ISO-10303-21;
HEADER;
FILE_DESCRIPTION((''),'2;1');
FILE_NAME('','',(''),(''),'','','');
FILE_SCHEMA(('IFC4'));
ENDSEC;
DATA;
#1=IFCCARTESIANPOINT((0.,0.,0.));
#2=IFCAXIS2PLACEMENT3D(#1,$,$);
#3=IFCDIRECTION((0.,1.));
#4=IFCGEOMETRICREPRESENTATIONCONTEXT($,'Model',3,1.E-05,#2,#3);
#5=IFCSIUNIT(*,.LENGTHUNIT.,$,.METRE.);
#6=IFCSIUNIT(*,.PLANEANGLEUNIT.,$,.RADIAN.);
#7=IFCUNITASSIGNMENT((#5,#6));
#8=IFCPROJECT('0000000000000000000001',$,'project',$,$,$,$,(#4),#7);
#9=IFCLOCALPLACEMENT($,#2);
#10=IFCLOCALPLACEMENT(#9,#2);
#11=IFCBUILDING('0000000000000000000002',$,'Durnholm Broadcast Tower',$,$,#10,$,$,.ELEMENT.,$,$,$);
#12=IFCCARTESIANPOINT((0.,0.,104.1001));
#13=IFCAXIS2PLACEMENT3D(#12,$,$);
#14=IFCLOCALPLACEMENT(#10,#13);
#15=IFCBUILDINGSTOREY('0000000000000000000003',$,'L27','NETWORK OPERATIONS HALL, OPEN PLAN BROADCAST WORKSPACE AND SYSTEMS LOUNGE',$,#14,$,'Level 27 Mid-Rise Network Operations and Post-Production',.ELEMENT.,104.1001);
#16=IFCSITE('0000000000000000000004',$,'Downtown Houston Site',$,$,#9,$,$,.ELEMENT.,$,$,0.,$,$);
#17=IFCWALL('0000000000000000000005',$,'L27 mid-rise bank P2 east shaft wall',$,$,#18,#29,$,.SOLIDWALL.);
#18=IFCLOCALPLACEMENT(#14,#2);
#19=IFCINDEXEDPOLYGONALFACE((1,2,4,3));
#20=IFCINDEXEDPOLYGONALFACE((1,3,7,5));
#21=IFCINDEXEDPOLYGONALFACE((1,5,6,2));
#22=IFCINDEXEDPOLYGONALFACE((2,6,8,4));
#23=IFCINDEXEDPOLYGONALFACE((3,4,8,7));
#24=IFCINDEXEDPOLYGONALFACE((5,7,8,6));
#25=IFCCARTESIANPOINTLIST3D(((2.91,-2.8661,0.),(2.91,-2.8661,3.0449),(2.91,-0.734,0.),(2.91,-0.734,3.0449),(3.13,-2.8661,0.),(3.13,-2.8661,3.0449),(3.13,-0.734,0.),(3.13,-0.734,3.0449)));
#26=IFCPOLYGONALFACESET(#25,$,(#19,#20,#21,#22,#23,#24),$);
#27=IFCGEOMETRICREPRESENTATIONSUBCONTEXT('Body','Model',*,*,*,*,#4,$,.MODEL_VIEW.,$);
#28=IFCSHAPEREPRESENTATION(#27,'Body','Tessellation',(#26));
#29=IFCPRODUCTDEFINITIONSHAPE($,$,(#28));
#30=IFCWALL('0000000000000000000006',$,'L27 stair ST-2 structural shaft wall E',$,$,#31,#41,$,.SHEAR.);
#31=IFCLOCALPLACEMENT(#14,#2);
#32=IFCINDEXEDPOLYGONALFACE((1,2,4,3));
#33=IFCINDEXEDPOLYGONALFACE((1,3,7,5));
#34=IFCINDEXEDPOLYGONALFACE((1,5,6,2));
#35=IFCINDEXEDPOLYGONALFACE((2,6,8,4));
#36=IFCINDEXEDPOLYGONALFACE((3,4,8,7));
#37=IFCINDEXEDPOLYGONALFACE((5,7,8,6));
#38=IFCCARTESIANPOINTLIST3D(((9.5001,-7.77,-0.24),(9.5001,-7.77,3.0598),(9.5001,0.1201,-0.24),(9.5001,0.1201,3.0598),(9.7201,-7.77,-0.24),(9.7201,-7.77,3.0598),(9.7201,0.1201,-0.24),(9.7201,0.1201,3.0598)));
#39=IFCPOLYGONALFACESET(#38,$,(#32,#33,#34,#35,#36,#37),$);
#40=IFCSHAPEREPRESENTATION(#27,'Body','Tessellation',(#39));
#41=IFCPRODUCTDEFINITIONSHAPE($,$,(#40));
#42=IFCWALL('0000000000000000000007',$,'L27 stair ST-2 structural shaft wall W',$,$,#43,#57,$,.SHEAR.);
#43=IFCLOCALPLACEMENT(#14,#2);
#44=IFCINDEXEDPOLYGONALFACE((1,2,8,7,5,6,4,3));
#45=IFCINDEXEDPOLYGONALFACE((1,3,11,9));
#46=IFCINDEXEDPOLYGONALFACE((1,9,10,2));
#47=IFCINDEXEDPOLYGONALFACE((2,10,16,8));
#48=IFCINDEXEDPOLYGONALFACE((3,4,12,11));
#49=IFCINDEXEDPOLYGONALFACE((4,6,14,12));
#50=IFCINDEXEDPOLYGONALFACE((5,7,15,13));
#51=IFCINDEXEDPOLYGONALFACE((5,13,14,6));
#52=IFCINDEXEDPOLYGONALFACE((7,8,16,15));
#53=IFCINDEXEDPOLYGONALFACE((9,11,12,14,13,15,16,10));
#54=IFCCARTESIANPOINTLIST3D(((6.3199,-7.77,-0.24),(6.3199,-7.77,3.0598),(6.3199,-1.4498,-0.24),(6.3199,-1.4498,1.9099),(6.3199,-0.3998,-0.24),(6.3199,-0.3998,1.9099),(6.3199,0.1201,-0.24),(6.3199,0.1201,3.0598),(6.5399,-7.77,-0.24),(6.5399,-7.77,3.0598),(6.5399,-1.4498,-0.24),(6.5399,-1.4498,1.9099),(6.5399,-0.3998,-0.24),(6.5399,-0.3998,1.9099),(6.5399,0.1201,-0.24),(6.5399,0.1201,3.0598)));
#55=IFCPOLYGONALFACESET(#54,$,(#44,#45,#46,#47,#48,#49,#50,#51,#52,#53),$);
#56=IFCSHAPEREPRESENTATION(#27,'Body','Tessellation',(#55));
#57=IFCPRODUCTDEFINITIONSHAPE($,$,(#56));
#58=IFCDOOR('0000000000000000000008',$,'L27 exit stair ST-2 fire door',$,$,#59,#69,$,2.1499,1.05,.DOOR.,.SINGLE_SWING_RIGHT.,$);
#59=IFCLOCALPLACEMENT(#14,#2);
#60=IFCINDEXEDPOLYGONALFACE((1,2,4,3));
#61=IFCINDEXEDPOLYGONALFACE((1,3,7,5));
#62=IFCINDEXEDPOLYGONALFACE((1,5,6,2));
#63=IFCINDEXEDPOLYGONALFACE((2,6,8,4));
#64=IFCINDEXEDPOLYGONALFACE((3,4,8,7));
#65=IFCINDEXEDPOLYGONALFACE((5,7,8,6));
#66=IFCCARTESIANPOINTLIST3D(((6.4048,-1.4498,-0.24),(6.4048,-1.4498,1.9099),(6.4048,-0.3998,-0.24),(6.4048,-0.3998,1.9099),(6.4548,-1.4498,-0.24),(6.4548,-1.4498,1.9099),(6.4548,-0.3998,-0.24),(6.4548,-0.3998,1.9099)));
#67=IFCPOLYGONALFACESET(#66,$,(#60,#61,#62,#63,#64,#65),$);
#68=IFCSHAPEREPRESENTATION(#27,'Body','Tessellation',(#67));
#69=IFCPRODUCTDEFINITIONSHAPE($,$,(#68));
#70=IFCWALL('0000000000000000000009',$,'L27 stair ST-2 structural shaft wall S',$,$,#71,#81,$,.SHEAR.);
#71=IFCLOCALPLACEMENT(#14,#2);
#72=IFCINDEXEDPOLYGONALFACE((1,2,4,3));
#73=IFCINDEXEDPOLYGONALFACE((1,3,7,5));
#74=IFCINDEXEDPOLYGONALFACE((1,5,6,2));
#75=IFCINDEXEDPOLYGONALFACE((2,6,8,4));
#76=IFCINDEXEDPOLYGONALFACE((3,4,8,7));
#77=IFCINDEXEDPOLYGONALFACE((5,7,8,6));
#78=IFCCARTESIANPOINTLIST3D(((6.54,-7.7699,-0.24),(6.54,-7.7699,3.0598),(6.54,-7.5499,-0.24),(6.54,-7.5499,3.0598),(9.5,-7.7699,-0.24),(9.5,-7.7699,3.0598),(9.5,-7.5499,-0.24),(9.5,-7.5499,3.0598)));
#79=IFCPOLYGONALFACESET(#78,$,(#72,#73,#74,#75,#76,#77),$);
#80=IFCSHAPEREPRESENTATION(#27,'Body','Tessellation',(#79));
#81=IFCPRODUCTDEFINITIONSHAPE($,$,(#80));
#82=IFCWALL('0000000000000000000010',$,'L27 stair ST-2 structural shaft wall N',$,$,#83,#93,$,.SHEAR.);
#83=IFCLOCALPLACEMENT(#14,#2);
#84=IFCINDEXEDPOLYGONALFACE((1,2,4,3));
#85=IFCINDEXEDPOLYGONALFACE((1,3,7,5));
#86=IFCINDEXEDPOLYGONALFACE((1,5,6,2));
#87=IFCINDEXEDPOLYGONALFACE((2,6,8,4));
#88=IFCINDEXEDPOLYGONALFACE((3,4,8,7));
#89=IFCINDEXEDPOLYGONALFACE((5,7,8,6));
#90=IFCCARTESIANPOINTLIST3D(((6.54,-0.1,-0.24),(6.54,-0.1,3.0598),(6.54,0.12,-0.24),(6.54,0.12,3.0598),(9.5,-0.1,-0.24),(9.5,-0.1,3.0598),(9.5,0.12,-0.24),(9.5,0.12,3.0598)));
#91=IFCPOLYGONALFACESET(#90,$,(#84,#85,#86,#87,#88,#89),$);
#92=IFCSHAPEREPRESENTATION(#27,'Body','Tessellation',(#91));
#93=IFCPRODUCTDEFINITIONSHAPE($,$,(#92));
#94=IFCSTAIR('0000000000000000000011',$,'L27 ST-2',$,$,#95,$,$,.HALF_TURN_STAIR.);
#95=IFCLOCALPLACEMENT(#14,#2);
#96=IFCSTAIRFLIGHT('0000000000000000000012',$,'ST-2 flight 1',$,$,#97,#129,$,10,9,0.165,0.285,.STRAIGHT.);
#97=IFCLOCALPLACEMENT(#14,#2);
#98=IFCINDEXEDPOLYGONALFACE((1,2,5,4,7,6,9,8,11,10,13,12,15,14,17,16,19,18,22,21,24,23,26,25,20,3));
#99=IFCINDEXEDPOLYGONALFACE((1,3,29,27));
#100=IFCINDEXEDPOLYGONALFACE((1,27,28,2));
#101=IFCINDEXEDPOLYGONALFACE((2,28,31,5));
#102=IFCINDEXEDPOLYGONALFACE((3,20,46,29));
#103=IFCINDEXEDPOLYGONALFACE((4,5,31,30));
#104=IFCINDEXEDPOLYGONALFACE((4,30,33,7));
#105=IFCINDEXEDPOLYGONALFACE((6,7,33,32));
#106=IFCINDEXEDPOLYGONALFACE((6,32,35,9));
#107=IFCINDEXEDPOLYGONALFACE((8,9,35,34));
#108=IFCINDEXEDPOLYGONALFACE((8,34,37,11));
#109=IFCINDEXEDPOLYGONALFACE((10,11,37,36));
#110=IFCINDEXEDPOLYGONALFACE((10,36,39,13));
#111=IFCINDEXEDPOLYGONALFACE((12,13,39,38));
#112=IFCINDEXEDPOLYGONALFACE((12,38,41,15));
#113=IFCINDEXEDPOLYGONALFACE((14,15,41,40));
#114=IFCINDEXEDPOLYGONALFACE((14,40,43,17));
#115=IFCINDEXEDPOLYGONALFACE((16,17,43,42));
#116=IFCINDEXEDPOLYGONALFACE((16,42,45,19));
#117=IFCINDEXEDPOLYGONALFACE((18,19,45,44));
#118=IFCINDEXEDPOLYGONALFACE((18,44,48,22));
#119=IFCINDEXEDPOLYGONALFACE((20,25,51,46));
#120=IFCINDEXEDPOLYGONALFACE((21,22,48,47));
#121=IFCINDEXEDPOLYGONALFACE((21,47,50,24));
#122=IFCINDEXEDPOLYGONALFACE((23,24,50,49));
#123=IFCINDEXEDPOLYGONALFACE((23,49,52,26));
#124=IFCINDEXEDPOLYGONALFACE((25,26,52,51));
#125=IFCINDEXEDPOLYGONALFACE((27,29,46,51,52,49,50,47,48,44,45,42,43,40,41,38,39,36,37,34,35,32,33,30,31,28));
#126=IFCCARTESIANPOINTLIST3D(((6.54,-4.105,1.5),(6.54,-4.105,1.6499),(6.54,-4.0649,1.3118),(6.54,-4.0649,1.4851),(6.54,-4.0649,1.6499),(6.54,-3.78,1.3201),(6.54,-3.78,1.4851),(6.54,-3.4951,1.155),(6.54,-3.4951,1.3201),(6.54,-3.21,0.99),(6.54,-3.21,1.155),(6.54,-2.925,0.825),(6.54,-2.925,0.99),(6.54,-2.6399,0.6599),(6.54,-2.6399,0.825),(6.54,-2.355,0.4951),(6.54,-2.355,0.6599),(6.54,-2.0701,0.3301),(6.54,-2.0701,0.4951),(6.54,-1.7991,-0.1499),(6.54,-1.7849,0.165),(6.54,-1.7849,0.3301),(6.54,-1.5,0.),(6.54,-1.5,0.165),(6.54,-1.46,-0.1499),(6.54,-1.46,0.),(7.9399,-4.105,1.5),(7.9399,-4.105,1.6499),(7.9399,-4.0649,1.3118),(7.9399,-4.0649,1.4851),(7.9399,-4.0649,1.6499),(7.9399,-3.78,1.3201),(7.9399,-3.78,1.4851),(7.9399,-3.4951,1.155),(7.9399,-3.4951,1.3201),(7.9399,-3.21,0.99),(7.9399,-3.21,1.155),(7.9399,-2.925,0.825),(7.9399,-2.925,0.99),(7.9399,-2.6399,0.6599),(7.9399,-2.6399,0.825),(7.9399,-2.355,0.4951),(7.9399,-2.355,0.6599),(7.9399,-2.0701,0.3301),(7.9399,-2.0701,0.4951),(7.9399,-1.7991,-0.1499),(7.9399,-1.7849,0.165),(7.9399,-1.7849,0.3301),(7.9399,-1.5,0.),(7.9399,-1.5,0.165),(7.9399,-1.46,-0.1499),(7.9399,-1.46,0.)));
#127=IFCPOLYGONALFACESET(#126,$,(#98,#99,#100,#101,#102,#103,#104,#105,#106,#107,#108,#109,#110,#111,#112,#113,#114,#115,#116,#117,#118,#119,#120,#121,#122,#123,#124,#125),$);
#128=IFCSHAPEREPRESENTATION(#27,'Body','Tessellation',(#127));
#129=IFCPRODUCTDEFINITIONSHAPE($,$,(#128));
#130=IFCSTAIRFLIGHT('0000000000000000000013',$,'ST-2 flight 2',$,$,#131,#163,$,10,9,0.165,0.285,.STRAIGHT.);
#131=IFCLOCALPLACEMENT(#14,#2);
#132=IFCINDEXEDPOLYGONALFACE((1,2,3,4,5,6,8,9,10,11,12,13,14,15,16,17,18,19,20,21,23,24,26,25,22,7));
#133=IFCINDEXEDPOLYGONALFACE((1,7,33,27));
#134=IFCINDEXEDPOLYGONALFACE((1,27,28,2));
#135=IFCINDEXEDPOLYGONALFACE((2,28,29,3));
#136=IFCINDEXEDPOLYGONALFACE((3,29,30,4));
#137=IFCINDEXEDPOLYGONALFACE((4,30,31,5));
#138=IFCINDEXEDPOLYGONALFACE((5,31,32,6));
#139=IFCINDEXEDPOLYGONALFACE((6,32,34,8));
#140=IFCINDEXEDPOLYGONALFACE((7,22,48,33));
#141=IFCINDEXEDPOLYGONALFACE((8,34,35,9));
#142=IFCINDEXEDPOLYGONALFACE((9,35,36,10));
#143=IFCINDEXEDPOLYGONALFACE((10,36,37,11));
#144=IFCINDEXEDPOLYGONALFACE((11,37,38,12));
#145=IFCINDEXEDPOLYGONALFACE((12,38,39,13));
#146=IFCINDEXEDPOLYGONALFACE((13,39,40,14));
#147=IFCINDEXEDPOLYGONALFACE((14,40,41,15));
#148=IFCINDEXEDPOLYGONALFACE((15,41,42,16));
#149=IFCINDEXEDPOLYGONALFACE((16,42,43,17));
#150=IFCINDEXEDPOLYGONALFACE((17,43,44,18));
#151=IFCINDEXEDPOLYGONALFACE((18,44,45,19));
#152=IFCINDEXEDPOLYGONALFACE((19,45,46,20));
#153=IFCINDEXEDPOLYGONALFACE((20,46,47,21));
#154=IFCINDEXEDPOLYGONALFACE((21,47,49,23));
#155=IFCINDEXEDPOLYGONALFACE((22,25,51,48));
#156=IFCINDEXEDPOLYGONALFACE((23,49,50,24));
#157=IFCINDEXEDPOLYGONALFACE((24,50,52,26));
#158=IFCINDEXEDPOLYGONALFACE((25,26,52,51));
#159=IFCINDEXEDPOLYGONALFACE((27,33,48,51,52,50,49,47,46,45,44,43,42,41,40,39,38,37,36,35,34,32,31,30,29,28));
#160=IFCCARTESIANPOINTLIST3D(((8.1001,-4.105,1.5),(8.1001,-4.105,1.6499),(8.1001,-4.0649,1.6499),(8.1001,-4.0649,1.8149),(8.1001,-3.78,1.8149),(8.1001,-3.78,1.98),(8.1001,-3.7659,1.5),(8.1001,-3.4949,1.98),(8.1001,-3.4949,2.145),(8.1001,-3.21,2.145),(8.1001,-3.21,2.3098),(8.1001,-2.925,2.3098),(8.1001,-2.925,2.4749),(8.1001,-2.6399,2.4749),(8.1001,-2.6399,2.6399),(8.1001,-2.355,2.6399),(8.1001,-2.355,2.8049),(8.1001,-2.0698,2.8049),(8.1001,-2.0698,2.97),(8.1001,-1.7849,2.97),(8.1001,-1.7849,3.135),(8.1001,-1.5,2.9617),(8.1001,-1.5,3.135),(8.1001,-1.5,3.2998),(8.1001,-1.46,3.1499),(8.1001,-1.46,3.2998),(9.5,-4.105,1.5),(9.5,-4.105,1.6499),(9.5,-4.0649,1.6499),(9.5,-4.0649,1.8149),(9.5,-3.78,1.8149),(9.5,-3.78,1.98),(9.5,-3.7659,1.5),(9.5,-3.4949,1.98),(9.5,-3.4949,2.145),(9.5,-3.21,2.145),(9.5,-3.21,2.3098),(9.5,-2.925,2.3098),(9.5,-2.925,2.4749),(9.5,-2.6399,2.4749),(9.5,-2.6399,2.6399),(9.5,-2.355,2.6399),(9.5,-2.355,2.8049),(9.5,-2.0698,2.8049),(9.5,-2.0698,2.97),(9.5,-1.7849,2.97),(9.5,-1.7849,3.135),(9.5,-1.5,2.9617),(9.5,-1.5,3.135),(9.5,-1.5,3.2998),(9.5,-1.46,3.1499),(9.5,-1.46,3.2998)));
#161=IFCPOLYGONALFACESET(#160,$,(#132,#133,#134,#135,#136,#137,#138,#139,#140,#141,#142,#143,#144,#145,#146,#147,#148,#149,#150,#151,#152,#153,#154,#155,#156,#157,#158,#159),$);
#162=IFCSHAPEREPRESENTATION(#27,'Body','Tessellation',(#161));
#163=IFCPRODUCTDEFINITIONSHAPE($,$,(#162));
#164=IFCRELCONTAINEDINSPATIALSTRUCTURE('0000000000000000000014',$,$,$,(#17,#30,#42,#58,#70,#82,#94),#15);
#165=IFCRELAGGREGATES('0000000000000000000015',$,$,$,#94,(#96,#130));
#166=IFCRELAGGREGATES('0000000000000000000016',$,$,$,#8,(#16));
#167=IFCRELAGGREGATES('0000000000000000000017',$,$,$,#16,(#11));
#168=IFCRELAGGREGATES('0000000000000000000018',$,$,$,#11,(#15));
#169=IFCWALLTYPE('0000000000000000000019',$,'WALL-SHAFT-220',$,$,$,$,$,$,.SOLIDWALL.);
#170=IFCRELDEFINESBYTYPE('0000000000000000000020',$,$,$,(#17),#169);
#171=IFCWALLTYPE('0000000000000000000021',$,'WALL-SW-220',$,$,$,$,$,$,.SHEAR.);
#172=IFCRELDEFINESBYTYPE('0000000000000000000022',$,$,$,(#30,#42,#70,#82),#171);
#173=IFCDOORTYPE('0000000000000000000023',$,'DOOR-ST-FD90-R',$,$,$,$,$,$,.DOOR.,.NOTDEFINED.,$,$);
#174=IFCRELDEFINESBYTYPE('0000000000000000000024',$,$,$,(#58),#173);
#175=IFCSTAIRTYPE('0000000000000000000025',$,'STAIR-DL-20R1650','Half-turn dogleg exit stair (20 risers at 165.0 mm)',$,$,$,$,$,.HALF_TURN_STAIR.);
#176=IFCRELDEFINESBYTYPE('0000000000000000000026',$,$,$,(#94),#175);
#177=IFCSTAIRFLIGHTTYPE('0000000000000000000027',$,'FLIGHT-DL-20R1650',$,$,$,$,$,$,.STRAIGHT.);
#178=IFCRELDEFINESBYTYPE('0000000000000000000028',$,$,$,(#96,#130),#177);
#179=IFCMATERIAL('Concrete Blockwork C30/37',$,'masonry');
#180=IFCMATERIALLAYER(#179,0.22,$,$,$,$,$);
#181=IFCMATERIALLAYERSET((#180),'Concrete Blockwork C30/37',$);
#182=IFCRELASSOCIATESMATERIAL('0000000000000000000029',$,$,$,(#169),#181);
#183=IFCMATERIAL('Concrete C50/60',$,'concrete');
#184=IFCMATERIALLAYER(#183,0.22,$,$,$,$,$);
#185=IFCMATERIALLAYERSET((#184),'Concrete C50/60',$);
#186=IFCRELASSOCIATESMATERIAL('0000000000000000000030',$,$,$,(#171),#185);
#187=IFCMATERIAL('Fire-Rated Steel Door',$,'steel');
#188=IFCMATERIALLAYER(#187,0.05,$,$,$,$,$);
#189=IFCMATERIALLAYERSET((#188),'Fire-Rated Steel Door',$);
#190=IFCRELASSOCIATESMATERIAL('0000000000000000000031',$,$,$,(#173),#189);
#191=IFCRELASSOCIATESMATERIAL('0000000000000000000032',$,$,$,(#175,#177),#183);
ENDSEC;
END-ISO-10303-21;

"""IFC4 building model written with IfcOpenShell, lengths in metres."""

from ifc_helpers import new_model, si_unit, direction, frame, frame_2d, origin, place, context, subcontext, project, spatial, polyline, rectangle, outline, extrude, source, transform, mapped, material, layer, layer_set, type_object, type_shapes, element, fill, aggregate, save


model = new_model("IFC4")

# Units and contexts
model_context = context("Model", 3, precision=1e-05, world=origin(), true_north=direction((0.0, 1.0)))
body_context = subcontext(model_context, "Body", "Model", "MODEL_VIEW")
ifc_project = project(units=[si_unit("LENGTHUNIT", "METRE"), si_unit("PLANEANGLEUNIT", "RADIAN")], contexts=[model_context])

# Site, building, storey
site_placement = place(None, origin())
site = spatial("IfcSite", under=ifc_project, at=site_placement, Name="Downtown Houston Site", CompositionType="ELEMENT", RefElevation=0.0)
building_placement = place(site_placement, origin())
building = spatial("IfcBuilding", under=site, at=building_placement, Name="Durnholm Broadcast Tower", CompositionType="ELEMENT")
storey_placement = place(building_placement, frame((0.0, 0.0, 104.1001)))
storey = spatial("IfcBuildingStorey", under=building, at=storey_placement, Name="L27", Description="NETWORK OPERATIONS HALL, OPEN PLAN BROADCAST WORKSPACE AND SYSTEMS LOUNGE", LongName="Level 27 Mid-Rise Network Operations and Post-Production", CompositionType="ELEMENT", Elevation=104.1001)

# Walls
ifc_material_1 = material(Name="Concrete Blockwork C30/37", Category="masonry")
ifc_layer_1 = layer(ifc_material_1, 0.22)
ifc_layer_set_1 = layer_set([ifc_layer_1], Name="Concrete Blockwork C30/37")
wall_type_1 = type_object("IfcWallType", Name="WALL-SHAFT-220", PredefinedType="SOLIDWALL", material=ifc_layer_set_1)
wall_1_placement = place(storey_placement, frame((3.02, -2.866, 0.0), z_axis=(0.0, 0.0, 1.0), x_axis=(0.0, 1.0, 0.0)))
element("IfcWall", 1, at=wall_1_placement, inside=storey, type_object=wall_type_1, Name="L27 mid-rise bank P2 east shaft wall", PredefinedType="SOLIDWALL", context=body_context, shape_type="SweptSolid", body=[
    extrude(rectangle(XDim=2.1321, YDim=0.22, at=frame_2d((1.0659, 0.0))), origin(), (0.0, 0.0, 1.0), 3.0449),
])
ifc_material_2 = material(Name="Concrete C50/60", Category="concrete")
ifc_layer_2 = layer(ifc_material_2, 0.22)
ifc_layer_set_2 = layer_set([ifc_layer_2], Name="Concrete C50/60")
wall_type_2 = type_object("IfcWallType", Name="WALL-SW-220", PredefinedType="SHEAR", material=ifc_layer_set_2)
wall_2_placement = place(storey_placement, frame((9.6101, -7.77, -0.24), z_axis=(0.0, 0.0, 1.0), x_axis=(0.0, 1.0, 0.0)))
element("IfcWall", 2, at=wall_2_placement, inside=storey, type_object=wall_type_2, Name="L27 stair ST-2 structural shaft wall E", PredefinedType="SHEAR", context=body_context, shape_type="SweptSolid", body=[
    extrude(rectangle(XDim=7.8901, YDim=0.22, at=frame_2d((3.9451, 0.0))), origin(), (0.0, 0.0, 1.0), 3.2998),
])

# Wall, opening, door
wall_3_placement = place(storey_placement, frame((6.4299, 0.1201, -0.24), z_axis=(0.0, 0.0, 1.0), x_axis=(0.0, -1.0, 0.0)))
wall_3 = element("IfcWall", 3, at=wall_3_placement, inside=storey, type_object=wall_type_2, Name="L27 stair ST-2 structural shaft wall W", PredefinedType="SHEAR", context=body_context, shape_type="SweptSolid", body=[
    extrude(rectangle(XDim=7.8901, YDim=0.22, at=frame_2d((3.9451, 0.0))), origin(), (0.0, 0.0, 1.0), 3.2998),
])
opening_1_placement = place(wall_3_placement, frame((0.52, 0.0, 0.0)))
opening_1 = element("IfcOpeningElement", 4, at=opening_1_placement, cuts=wall_3, PredefinedType="OPENING", context=body_context, shape_type="SweptSolid", body=[
    extrude(rectangle(XDim=1.05, YDim=2.1499, at=frame_2d((0.5249, 1.075))), frame((0.0, 0.1201, 0.0), z_axis=(0.0, -1.0, 0.0), x_axis=(1.0, 0.0, 0.0)), (0.0, 0.0, 1.0), 0.24),
])
ifc_material_3 = material(Name="Fire-Rated Steel Door", Category="steel")
ifc_layer_3 = layer(ifc_material_3, 0.05)
ifc_layer_set_3 = layer_set([ifc_layer_3], Name="Fire-Rated Steel Door")
door_type_1 = type_object("IfcDoorType", Name="DOOR-ST-FD90-R", OperationType="NOTDEFINED", PredefinedType="DOOR", material=ifc_layer_set_3)
shared_shape_1 = source(origin(), body_context, "Body", "SweptSolid", [
    extrude(rectangle(XDim=1.05, YDim=2.1499, at=frame_2d((0.5249, 1.075))), frame((0.0, 0.0249, 0.0), z_axis=(0.0, -1.0, 0.0), x_axis=(1.0, 0.0, 0.0)), (0.0, 0.0, 1.0), 0.05),
])
type_shapes(door_type_1, [shared_shape_1])
door_1_placement = place(opening_1_placement, origin())
door_1 = element("IfcDoor", 5, at=door_1_placement, inside=storey, type_object=door_type_1, Name="L27 exit stair ST-2 fire door", OperationType="SINGLE_SWING_RIGHT", OverallHeight=2.1499, OverallWidth=1.05, PredefinedType="DOOR", context=body_context, shape_type="MappedRepresentation", body=[
    mapped(shared_shape_1, transform((0.0, 0.0, 0.0), x_axis=(1.0, 0.0, 0.0), y_axis=(0.0, 1.0, 0.0), z_axis=(0.0, 0.0, 1.0), scale=1.0)),
])
fill(opening_1, door_1)

# Walls
for number, where, z_axis, x_axis, name in (
    (6, (6.54, -7.6599, -0.24), (0.0, 0.0, 1.0), (1.0, 0.0, 0.0), "L27 stair ST-2 structural shaft wall S"),
    (7, (9.5, 0.01, -0.24), (0.0, 0.0, 1.0), (-1.0, 0.0, 0.0), "L27 stair ST-2 structural shaft wall N"),
):
    element("IfcWall", number, at=place(storey_placement, frame(where, z_axis=z_axis, x_axis=x_axis)), inside=storey, type_object=wall_type_2, Name=name, PredefinedType="SHEAR", context=body_context, shape_type="SweptSolid", body=[
        extrude(rectangle(XDim=2.96, YDim=0.22, at=frame_2d((1.48, 0.0))), origin(), (0.0, 0.0, 1.0), 3.2998),
    ])

# Stair, stair flights
stair_type = type_object("IfcStairType", Name="STAIR-DL-20R1650", Description="Half-turn dogleg exit stair (20 risers at 165.0 mm)", PredefinedType="HALF_TURN_STAIR", material=ifc_material_2)
stair_placement = place(storey_placement, origin())
stair = element("IfcStair", 8, at=stair_placement, inside=storey, type_object=stair_type, Name="L27 ST-2", PredefinedType="HALF_TURN_STAIR")
stair_flight_type = type_object("IfcStairFlightType", Name="FLIGHT-DL-20R1650", PredefinedType="STRAIGHT", material=ifc_material_2)
stair_flight_1_placement = place(storey_placement, frame((7.24, -1.5, 0.0), z_axis=(0.0, 0.0, 1.0), x_axis=(0.0, -1.0, 0.0)))
stair_flight_1 = element("IfcStairFlight", 9, at=stair_flight_1_placement, type_object=stair_flight_type, Name="ST-2 flight 1", NumberOfRisers=10, NumberOfTreads=9, PredefinedType="STRAIGHT", RiserHeight=0.165, TreadLength=0.285, context=body_context, shape_type="SweptSolid", body=[
    extrude(outline(polyline([(-0.04, -0.1499), (-0.04, 0.0), (0.0, 0.0), (0.0, 0.165), (0.2849, 0.165), (0.2849, 0.3301), (0.5701, 0.3301), (0.5701, 0.4951), (0.855, 0.4951), (0.855, 0.6599), (1.1399, 0.6599), (1.1399, 0.825), (1.425, 0.825), (1.425, 0.99), (1.71, 0.99), (1.71, 1.155), (1.9951, 1.155), (1.9951, 1.3201), (2.28, 1.3201), (2.28, 1.4851), (2.5649, 1.4851), (2.5649, 1.6499), (2.605, 1.6499), (2.605, 1.5), (2.5649, 1.3118), (0.2991, -0.1499), (-0.04, -0.1499)])), frame((0.0, 0.7, 0.0), z_axis=(0.0, -1.0, 0.0), x_axis=(1.0, 0.0, 0.0)), (0.0, 0.0, 1.0), 1.3999),
])
stair_flight_2_placement = place(storey_placement, frame((8.8, -4.0649, 1.6499), z_axis=(0.0, 0.0, 1.0), x_axis=(0.0, 1.0, 0.0)))
stair_flight_2 = element("IfcStairFlight", 10, at=stair_flight_2_placement, type_object=stair_flight_type, Name="ST-2 flight 2", NumberOfRisers=10, NumberOfTreads=9, PredefinedType="STRAIGHT", RiserHeight=0.165, TreadLength=0.285, context=body_context, shape_type="SweptSolid", body=[
    extrude(outline(polyline([(-0.04, -0.1499), (-0.04, 0.0), (0.0, 0.0), (0.0, 0.165), (0.2849, 0.165), (0.2849, 0.3301), (0.5701, 0.3301), (0.5701, 0.4951), (0.855, 0.4951), (0.855, 0.6599), (1.1399, 0.6599), (1.1399, 0.825), (1.425, 0.825), (1.425, 0.99), (1.71, 0.99), (1.71, 1.155), (1.9951, 1.155), (1.9951, 1.3201), (2.28, 1.3201), (2.28, 1.4851), (2.5649, 1.4851), (2.5649, 1.6499), (2.605, 1.6499), (2.605, 1.5), (2.5649, 1.3118), (0.2991, -0.1499), (-0.04, -0.1499)])), frame((0.0, 0.7, 0.0), z_axis=(0.0, -1.0, 0.0), x_axis=(1.0, 0.0, 0.0)), (0.0, 0.0, 1.0), 1.3999),
])
aggregate(stair, [stair_flight_1, stair_flight_2])

save(model, "model.ifc")
